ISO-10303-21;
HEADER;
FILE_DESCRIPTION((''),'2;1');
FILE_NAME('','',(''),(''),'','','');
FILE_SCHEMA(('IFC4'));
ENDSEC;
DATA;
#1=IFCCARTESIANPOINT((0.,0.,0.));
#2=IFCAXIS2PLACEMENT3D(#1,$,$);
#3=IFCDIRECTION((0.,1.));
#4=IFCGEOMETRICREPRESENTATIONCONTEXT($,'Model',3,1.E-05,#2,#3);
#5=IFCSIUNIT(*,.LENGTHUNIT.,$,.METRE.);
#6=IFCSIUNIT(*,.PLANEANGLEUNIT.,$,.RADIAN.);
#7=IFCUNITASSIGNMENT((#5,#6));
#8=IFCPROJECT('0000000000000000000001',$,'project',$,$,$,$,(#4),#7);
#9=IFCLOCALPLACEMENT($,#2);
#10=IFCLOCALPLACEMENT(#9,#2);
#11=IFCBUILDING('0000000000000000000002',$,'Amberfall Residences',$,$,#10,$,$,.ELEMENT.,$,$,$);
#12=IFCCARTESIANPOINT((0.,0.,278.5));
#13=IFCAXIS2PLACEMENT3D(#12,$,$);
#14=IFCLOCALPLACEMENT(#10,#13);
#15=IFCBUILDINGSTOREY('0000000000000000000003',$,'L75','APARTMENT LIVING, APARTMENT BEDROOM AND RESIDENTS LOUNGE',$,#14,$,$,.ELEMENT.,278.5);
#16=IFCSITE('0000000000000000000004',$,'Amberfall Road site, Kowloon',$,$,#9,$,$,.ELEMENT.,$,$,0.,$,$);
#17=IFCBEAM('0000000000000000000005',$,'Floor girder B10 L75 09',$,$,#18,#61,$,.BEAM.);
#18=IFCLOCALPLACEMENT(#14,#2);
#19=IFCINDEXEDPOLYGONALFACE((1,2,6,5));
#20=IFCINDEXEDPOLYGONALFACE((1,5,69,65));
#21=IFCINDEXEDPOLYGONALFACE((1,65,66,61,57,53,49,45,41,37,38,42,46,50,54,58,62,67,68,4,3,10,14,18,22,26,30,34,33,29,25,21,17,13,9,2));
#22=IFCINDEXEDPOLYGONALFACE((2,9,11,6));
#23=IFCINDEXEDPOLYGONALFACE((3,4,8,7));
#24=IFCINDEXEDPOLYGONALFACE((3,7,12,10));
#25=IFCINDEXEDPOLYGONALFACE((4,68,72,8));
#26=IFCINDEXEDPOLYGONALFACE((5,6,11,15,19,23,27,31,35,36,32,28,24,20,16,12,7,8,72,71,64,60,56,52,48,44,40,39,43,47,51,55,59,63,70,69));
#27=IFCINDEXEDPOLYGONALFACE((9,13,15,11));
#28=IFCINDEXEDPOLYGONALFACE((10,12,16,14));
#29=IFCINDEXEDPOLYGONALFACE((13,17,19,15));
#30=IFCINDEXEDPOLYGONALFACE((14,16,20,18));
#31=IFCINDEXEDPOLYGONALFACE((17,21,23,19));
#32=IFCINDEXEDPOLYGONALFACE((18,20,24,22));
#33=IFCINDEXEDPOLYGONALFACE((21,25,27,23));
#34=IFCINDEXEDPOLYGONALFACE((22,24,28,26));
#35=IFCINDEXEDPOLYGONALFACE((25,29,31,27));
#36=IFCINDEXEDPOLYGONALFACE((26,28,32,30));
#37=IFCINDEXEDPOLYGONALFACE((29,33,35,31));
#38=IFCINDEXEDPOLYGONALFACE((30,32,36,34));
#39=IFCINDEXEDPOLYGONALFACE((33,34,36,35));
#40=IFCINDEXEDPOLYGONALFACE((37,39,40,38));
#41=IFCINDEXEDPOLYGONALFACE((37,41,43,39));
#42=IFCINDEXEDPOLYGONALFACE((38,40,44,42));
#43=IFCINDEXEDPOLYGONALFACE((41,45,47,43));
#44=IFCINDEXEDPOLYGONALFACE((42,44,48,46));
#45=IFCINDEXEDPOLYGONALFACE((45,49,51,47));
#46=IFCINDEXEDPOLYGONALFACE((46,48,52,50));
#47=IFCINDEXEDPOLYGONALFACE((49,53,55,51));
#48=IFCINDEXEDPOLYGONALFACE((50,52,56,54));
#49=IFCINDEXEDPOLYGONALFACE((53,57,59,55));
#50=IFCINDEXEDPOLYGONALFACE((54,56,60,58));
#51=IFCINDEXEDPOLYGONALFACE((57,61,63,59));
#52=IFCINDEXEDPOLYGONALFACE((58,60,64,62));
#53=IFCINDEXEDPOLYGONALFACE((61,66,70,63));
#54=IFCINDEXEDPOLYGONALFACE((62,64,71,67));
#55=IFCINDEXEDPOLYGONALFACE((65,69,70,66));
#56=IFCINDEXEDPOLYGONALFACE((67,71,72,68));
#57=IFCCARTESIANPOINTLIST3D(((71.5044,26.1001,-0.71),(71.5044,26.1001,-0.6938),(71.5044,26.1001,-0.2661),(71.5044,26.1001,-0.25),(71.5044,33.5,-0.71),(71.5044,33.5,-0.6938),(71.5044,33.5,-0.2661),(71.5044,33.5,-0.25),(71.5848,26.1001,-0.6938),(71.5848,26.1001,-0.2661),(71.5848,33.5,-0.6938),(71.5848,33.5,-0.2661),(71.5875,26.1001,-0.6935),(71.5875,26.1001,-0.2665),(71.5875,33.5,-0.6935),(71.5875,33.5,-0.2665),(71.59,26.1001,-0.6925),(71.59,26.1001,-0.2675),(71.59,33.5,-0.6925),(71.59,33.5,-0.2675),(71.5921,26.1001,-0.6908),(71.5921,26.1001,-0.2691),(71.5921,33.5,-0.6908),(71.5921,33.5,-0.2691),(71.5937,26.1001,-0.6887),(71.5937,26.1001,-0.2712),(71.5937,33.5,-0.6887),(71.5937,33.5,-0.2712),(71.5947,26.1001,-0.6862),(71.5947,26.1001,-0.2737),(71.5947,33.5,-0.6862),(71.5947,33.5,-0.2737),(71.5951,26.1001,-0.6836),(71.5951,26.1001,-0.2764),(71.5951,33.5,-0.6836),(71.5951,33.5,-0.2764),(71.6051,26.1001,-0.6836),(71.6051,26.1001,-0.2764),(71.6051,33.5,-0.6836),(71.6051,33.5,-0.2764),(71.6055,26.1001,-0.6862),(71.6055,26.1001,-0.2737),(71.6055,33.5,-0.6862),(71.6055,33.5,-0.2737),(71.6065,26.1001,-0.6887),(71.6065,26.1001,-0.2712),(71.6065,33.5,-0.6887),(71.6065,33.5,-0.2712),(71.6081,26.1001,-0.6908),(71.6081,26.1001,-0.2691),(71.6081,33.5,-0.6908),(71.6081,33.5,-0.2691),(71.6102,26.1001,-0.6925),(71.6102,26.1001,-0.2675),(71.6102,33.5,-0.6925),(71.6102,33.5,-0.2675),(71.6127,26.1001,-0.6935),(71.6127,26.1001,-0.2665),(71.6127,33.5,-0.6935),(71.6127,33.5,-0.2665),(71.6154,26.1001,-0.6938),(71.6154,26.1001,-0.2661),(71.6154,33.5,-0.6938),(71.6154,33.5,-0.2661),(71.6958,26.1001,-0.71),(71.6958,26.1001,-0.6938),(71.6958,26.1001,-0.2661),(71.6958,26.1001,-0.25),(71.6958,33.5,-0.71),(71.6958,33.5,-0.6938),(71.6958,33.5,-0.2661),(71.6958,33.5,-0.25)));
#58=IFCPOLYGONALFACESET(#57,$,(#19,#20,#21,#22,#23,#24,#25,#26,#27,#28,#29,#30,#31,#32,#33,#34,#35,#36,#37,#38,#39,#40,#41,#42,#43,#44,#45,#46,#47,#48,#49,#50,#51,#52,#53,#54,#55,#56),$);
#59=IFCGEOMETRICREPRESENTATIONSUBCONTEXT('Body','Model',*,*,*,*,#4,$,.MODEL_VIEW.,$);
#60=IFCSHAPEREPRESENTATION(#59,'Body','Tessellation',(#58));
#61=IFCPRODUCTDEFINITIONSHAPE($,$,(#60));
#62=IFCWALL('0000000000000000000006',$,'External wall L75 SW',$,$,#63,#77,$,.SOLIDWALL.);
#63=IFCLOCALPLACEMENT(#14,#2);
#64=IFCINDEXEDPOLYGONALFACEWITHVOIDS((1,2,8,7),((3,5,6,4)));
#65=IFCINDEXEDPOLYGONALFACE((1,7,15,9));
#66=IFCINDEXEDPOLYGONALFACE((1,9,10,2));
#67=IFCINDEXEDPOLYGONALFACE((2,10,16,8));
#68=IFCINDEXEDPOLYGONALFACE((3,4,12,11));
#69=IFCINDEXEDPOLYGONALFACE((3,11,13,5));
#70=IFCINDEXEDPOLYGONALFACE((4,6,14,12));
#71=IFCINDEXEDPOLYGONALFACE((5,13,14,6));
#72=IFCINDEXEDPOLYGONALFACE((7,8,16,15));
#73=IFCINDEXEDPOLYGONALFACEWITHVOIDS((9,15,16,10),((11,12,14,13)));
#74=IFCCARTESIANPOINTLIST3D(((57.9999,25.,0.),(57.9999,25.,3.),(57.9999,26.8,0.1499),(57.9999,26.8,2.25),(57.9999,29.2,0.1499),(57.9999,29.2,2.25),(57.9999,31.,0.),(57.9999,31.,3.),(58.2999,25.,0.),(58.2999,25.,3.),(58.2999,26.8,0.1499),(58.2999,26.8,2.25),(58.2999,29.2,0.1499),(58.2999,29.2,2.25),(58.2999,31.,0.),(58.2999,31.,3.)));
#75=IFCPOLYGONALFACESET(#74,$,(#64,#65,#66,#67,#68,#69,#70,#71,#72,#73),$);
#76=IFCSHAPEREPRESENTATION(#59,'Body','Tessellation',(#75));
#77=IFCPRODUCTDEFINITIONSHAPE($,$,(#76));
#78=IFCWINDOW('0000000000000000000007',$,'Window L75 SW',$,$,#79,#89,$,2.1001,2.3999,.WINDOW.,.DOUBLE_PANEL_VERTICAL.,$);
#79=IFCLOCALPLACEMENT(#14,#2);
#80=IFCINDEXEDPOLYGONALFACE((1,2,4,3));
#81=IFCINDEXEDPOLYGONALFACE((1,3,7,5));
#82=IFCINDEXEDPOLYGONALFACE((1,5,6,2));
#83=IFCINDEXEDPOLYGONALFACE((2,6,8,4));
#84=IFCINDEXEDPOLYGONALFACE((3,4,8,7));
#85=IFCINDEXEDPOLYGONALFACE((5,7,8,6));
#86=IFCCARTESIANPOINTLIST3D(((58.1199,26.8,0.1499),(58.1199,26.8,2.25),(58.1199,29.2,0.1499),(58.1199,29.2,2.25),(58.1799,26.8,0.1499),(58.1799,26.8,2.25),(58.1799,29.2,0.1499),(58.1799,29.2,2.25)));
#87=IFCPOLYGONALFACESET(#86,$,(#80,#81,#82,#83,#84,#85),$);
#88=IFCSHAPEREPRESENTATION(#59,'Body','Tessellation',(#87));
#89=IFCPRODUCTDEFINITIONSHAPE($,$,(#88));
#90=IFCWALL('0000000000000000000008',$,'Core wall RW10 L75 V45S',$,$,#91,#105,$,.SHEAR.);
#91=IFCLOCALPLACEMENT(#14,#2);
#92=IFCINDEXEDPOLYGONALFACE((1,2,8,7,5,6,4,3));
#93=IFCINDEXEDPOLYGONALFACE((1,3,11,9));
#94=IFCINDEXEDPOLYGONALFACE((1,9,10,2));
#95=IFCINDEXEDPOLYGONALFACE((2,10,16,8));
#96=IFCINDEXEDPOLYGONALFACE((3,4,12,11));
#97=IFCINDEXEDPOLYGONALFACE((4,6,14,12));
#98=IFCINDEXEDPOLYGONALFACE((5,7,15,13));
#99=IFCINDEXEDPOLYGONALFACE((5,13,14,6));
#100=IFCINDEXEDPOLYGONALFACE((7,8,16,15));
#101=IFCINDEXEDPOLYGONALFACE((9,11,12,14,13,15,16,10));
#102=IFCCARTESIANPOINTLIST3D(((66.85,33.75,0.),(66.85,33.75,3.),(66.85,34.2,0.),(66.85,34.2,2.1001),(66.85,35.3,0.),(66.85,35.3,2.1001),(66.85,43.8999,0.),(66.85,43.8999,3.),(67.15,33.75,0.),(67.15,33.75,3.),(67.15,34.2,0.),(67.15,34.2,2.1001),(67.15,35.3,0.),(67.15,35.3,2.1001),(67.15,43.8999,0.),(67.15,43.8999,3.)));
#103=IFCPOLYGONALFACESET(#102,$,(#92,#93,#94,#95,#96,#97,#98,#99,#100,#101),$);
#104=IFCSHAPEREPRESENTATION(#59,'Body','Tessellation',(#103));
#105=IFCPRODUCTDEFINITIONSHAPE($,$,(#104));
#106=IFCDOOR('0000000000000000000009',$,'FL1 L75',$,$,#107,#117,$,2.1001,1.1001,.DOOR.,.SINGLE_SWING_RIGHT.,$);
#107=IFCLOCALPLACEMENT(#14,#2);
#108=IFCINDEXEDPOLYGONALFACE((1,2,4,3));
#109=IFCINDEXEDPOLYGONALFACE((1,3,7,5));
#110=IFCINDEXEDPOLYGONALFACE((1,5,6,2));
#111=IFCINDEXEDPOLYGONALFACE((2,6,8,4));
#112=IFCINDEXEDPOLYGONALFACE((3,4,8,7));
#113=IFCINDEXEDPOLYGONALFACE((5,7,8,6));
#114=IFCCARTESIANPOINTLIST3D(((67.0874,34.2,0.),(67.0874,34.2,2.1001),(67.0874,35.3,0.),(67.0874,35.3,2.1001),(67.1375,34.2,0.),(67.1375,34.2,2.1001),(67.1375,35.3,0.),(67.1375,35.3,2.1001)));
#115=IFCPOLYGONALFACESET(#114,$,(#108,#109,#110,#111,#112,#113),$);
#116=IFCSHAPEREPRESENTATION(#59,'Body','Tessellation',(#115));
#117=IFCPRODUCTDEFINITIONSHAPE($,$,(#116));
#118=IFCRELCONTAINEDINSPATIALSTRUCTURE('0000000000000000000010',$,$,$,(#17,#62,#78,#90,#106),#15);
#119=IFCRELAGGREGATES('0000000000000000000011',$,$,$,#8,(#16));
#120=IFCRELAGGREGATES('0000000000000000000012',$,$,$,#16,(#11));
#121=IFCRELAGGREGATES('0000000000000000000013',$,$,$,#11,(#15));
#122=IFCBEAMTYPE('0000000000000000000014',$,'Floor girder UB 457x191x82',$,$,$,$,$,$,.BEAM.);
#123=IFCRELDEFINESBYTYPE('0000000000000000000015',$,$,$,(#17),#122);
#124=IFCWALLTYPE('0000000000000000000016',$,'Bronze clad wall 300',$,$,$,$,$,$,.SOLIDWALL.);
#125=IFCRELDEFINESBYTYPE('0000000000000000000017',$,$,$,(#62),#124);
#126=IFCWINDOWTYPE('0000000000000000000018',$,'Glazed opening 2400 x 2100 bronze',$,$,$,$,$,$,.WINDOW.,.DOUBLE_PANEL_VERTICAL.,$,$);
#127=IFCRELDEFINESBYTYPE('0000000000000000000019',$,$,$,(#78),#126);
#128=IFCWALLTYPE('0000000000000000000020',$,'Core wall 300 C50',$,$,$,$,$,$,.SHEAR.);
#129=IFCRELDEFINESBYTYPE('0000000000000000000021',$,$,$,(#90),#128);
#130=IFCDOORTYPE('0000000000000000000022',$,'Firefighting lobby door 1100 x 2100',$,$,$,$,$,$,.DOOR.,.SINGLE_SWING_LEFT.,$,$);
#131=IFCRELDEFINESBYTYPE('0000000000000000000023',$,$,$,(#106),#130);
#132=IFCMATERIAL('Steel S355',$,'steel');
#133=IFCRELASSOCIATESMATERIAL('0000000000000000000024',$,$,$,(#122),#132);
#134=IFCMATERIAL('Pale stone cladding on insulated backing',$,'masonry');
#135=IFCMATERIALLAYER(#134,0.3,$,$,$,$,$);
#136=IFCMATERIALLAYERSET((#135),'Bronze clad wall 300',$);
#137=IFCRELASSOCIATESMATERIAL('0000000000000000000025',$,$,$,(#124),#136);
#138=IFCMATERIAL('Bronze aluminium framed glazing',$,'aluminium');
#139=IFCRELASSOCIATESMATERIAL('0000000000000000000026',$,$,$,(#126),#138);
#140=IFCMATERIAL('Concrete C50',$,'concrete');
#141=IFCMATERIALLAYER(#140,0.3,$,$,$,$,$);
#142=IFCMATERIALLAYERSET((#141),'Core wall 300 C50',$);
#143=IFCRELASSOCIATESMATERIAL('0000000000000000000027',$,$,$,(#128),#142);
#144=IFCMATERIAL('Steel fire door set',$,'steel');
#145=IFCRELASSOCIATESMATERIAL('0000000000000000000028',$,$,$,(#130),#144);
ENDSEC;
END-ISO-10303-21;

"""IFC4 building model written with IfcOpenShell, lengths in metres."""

from ifc_helpers import new_model, si_unit, direction, frame, frame_2d, origin, origin_2d, place, context, subcontext, project, spatial, rectangle, i_section, extrude, material, layer, layer_set, material_profile, profile_set, type_object, element, fill, save


model = new_model("IFC4")

# Units and contexts
model_context = context("Model", 3, precision=1e-05, world=origin(), true_north=direction((0.0, 1.0)))
body_context = subcontext(model_context, "Body", "Model", "MODEL_VIEW")
ifc_project = project(units=[si_unit("LENGTHUNIT", "METRE"), si_unit("PLANEANGLEUNIT", "RADIAN")], contexts=[model_context])

# Site, building, storey
site_placement = place(None, origin())
site = spatial("IfcSite", under=ifc_project, at=site_placement, Name="Amberfall Road site, Kowloon", CompositionType="ELEMENT", RefElevation=0.0)
building_placement = place(site_placement, origin())
building = spatial("IfcBuilding", under=site, at=building_placement, Name="Amberfall Residences", CompositionType="ELEMENT")
storey_placement = place(building_placement, frame((0.0, 0.0, 278.5)))
storey = spatial("IfcBuildingStorey", under=building, at=storey_placement, Name="L75", Description="APARTMENT LIVING, APARTMENT BEDROOM AND RESIDENTS LOUNGE", CompositionType="ELEMENT", Elevation=278.5)

# Beam
ifc_material_1 = material(Name="Steel S355", Category="steel")
ifc_material_profile = material_profile(ifc_material_1, i_section(OverallWidth=0.1914, OverallDepth=0.46, WebThickness=0.01, FlangeThickness=0.0161, FilletRadius=0.0103, at=origin_2d()), Name="UB 457x191x82")
ifc_profile_set = profile_set([ifc_material_profile], Name="Steel S355")
beam_type = type_object("IfcBeamType", Name="Floor girder UB 457x191x82", PredefinedType="BEAM", material=ifc_profile_set)
beam_placement = place(storey_placement, frame((71.6001, 26.1001, -0.48), z_axis=(0.0, 1.0, 0.0), x_axis=(-1.0, 0.0, 0.0)))
element("IfcBeam", 1, at=beam_placement, inside=storey, type_object=beam_type, Name="Floor girder B10 L75 09", PredefinedType="BEAM", context=body_context, shape_type="SweptSolid", body=[
    extrude(i_section(OverallWidth=0.1914, OverallDepth=0.46, WebThickness=0.01, FlangeThickness=0.0161, FilletRadius=0.0103, at=origin_2d()), origin(), (0.0, 0.0, 1.0), 7.3999),
])

# Wall, opening, window
ifc_material_2 = material(Name="Pale stone cladding on insulated backing", Category="masonry")
ifc_layer_1 = layer(ifc_material_2, 0.3)
ifc_layer_set_1 = layer_set([ifc_layer_1], Name="Bronze clad wall 300")
wall_type_1 = type_object("IfcWallType", Name="Bronze clad wall 300", PredefinedType="SOLIDWALL", material=ifc_layer_set_1)
wall_1_placement = place(storey_placement, frame((58.1499, 31.0, 0.0), z_axis=(0.0, 0.0, 1.0), x_axis=(0.0, -1.0, 0.0)))
wall_1 = element("IfcWall", 2, at=wall_1_placement, inside=storey, type_object=wall_type_1, Name="External wall L75 SW", PredefinedType="SOLIDWALL", context=body_context, shape_type="SweptSolid", body=[
    extrude(rectangle(XDim=6.0, YDim=0.3, at=frame_2d((3.0, 0.0))), origin(), (0.0, 0.0, 1.0), 3.0),
])
opening_1_placement = place(wall_1_placement, frame((1.8, 0.0, 0.1499)))
opening_1 = element("IfcOpeningElement", 3, at=opening_1_placement, cuts=wall_1, PredefinedType="OPENING", context=body_context, shape_type="SweptSolid", body=[
    extrude(rectangle(XDim=2.3999, YDim=2.1001, at=frame_2d((1.2, 1.05))), frame((0.0, 0.1599, 0.0), z_axis=(0.0, -1.0, 0.0), x_axis=(1.0, 0.0, 0.0)), (0.0, 0.0, 1.0), 0.3201),
])
ifc_material_3 = material(Name="Bronze aluminium framed glazing", Category="aluminium")
window_type = type_object("IfcWindowType", Name="Glazed opening 2400 x 2100 bronze", PartitioningType="DOUBLE_PANEL_VERTICAL", PredefinedType="WINDOW", material=ifc_material_3)
window_placement = place(opening_1_placement, origin())
window = element("IfcWindow", 4, at=window_placement, inside=storey, type_object=window_type, Name="Window L75 SW", OverallHeight=2.1001, OverallWidth=2.3999, PartitioningType="DOUBLE_PANEL_VERTICAL", PredefinedType="WINDOW", context=body_context, shape_type="SweptSolid", body=[
    extrude(rectangle(XDim=2.3999, YDim=2.1001, at=frame_2d((1.2, 1.05))), frame((0.0, 0.03, 0.0), z_axis=(0.0, -1.0, 0.0), x_axis=(1.0, 0.0, 0.0)), (0.0, 0.0, 1.0), 0.0601),
])
fill(opening_1, window)

# Wall, opening, door
ifc_material_4 = material(Name="Concrete C50", Category="concrete")
ifc_layer_2 = layer(ifc_material_4, 0.3)
ifc_layer_set_2 = layer_set([ifc_layer_2], Name="Core wall 300 C50")
wall_type_2 = type_object("IfcWallType", Name="Core wall 300 C50", PredefinedType="SHEAR", material=ifc_layer_set_2)
wall_2_placement = place(storey_placement, frame((67.0, 33.75, 0.0), z_axis=(0.0, 0.0, 1.0), x_axis=(0.0, 1.0, 0.0)))
wall_2 = element("IfcWall", 5, at=wall_2_placement, inside=storey, type_object=wall_type_2, Name="Core wall RW10 L75 V45S", PredefinedType="SHEAR", context=body_context, shape_type="SweptSolid", body=[
    extrude(rectangle(XDim=10.1499, YDim=0.3, at=frame_2d((5.075, 0.0))), origin(), (0.0, 0.0, 1.0), 3.0),
])
opening_2_placement = place(wall_2_placement, frame((0.45, 0.0, 0.0)))
opening_2 = element("IfcOpeningElement", 6, at=opening_2_placement, cuts=wall_2, PredefinedType="OPENING", context=body_context, shape_type="SweptSolid", body=[
    extrude(rectangle(XDim=1.1001, YDim=2.1001, at=frame_2d((0.55, 1.05))), frame((0.0, 0.1599, 0.0), z_axis=(0.0, -1.0, 0.0), x_axis=(1.0, 0.0, 0.0)), (0.0, 0.0, 1.0), 0.3201),
])
ifc_material_5 = material(Name="Steel fire door set", Category="steel")
door_type_1 = type_object("IfcDoorType", Name="Firefighting lobby door 1100 x 2100", OperationType="SINGLE_SWING_LEFT", PredefinedType="DOOR", material=ifc_material_5)
door_1_placement = place(opening_2_placement, origin())
door_1 = element("IfcDoor", 7, at=door_1_placement, inside=storey, type_object=door_type_1, Name="FL1 L75", OperationType="SINGLE_SWING_RIGHT", OverallHeight=2.1001, OverallWidth=1.1001, PredefinedType="DOOR", context=body_context, shape_type="SweptSolid", body=[
    extrude(rectangle(XDim=1.1001, YDim=2.1001, at=frame_2d((0.55, 1.05))), frame((0.0, -0.0874, 0.0), z_axis=(0.0, -1.0, 0.0), x_axis=(1.0, 0.0, 0.0)), (0.0, 0.0, 1.0), 0.05),
])
fill(opening_2, door_1)

save(model, "model.ifc")
